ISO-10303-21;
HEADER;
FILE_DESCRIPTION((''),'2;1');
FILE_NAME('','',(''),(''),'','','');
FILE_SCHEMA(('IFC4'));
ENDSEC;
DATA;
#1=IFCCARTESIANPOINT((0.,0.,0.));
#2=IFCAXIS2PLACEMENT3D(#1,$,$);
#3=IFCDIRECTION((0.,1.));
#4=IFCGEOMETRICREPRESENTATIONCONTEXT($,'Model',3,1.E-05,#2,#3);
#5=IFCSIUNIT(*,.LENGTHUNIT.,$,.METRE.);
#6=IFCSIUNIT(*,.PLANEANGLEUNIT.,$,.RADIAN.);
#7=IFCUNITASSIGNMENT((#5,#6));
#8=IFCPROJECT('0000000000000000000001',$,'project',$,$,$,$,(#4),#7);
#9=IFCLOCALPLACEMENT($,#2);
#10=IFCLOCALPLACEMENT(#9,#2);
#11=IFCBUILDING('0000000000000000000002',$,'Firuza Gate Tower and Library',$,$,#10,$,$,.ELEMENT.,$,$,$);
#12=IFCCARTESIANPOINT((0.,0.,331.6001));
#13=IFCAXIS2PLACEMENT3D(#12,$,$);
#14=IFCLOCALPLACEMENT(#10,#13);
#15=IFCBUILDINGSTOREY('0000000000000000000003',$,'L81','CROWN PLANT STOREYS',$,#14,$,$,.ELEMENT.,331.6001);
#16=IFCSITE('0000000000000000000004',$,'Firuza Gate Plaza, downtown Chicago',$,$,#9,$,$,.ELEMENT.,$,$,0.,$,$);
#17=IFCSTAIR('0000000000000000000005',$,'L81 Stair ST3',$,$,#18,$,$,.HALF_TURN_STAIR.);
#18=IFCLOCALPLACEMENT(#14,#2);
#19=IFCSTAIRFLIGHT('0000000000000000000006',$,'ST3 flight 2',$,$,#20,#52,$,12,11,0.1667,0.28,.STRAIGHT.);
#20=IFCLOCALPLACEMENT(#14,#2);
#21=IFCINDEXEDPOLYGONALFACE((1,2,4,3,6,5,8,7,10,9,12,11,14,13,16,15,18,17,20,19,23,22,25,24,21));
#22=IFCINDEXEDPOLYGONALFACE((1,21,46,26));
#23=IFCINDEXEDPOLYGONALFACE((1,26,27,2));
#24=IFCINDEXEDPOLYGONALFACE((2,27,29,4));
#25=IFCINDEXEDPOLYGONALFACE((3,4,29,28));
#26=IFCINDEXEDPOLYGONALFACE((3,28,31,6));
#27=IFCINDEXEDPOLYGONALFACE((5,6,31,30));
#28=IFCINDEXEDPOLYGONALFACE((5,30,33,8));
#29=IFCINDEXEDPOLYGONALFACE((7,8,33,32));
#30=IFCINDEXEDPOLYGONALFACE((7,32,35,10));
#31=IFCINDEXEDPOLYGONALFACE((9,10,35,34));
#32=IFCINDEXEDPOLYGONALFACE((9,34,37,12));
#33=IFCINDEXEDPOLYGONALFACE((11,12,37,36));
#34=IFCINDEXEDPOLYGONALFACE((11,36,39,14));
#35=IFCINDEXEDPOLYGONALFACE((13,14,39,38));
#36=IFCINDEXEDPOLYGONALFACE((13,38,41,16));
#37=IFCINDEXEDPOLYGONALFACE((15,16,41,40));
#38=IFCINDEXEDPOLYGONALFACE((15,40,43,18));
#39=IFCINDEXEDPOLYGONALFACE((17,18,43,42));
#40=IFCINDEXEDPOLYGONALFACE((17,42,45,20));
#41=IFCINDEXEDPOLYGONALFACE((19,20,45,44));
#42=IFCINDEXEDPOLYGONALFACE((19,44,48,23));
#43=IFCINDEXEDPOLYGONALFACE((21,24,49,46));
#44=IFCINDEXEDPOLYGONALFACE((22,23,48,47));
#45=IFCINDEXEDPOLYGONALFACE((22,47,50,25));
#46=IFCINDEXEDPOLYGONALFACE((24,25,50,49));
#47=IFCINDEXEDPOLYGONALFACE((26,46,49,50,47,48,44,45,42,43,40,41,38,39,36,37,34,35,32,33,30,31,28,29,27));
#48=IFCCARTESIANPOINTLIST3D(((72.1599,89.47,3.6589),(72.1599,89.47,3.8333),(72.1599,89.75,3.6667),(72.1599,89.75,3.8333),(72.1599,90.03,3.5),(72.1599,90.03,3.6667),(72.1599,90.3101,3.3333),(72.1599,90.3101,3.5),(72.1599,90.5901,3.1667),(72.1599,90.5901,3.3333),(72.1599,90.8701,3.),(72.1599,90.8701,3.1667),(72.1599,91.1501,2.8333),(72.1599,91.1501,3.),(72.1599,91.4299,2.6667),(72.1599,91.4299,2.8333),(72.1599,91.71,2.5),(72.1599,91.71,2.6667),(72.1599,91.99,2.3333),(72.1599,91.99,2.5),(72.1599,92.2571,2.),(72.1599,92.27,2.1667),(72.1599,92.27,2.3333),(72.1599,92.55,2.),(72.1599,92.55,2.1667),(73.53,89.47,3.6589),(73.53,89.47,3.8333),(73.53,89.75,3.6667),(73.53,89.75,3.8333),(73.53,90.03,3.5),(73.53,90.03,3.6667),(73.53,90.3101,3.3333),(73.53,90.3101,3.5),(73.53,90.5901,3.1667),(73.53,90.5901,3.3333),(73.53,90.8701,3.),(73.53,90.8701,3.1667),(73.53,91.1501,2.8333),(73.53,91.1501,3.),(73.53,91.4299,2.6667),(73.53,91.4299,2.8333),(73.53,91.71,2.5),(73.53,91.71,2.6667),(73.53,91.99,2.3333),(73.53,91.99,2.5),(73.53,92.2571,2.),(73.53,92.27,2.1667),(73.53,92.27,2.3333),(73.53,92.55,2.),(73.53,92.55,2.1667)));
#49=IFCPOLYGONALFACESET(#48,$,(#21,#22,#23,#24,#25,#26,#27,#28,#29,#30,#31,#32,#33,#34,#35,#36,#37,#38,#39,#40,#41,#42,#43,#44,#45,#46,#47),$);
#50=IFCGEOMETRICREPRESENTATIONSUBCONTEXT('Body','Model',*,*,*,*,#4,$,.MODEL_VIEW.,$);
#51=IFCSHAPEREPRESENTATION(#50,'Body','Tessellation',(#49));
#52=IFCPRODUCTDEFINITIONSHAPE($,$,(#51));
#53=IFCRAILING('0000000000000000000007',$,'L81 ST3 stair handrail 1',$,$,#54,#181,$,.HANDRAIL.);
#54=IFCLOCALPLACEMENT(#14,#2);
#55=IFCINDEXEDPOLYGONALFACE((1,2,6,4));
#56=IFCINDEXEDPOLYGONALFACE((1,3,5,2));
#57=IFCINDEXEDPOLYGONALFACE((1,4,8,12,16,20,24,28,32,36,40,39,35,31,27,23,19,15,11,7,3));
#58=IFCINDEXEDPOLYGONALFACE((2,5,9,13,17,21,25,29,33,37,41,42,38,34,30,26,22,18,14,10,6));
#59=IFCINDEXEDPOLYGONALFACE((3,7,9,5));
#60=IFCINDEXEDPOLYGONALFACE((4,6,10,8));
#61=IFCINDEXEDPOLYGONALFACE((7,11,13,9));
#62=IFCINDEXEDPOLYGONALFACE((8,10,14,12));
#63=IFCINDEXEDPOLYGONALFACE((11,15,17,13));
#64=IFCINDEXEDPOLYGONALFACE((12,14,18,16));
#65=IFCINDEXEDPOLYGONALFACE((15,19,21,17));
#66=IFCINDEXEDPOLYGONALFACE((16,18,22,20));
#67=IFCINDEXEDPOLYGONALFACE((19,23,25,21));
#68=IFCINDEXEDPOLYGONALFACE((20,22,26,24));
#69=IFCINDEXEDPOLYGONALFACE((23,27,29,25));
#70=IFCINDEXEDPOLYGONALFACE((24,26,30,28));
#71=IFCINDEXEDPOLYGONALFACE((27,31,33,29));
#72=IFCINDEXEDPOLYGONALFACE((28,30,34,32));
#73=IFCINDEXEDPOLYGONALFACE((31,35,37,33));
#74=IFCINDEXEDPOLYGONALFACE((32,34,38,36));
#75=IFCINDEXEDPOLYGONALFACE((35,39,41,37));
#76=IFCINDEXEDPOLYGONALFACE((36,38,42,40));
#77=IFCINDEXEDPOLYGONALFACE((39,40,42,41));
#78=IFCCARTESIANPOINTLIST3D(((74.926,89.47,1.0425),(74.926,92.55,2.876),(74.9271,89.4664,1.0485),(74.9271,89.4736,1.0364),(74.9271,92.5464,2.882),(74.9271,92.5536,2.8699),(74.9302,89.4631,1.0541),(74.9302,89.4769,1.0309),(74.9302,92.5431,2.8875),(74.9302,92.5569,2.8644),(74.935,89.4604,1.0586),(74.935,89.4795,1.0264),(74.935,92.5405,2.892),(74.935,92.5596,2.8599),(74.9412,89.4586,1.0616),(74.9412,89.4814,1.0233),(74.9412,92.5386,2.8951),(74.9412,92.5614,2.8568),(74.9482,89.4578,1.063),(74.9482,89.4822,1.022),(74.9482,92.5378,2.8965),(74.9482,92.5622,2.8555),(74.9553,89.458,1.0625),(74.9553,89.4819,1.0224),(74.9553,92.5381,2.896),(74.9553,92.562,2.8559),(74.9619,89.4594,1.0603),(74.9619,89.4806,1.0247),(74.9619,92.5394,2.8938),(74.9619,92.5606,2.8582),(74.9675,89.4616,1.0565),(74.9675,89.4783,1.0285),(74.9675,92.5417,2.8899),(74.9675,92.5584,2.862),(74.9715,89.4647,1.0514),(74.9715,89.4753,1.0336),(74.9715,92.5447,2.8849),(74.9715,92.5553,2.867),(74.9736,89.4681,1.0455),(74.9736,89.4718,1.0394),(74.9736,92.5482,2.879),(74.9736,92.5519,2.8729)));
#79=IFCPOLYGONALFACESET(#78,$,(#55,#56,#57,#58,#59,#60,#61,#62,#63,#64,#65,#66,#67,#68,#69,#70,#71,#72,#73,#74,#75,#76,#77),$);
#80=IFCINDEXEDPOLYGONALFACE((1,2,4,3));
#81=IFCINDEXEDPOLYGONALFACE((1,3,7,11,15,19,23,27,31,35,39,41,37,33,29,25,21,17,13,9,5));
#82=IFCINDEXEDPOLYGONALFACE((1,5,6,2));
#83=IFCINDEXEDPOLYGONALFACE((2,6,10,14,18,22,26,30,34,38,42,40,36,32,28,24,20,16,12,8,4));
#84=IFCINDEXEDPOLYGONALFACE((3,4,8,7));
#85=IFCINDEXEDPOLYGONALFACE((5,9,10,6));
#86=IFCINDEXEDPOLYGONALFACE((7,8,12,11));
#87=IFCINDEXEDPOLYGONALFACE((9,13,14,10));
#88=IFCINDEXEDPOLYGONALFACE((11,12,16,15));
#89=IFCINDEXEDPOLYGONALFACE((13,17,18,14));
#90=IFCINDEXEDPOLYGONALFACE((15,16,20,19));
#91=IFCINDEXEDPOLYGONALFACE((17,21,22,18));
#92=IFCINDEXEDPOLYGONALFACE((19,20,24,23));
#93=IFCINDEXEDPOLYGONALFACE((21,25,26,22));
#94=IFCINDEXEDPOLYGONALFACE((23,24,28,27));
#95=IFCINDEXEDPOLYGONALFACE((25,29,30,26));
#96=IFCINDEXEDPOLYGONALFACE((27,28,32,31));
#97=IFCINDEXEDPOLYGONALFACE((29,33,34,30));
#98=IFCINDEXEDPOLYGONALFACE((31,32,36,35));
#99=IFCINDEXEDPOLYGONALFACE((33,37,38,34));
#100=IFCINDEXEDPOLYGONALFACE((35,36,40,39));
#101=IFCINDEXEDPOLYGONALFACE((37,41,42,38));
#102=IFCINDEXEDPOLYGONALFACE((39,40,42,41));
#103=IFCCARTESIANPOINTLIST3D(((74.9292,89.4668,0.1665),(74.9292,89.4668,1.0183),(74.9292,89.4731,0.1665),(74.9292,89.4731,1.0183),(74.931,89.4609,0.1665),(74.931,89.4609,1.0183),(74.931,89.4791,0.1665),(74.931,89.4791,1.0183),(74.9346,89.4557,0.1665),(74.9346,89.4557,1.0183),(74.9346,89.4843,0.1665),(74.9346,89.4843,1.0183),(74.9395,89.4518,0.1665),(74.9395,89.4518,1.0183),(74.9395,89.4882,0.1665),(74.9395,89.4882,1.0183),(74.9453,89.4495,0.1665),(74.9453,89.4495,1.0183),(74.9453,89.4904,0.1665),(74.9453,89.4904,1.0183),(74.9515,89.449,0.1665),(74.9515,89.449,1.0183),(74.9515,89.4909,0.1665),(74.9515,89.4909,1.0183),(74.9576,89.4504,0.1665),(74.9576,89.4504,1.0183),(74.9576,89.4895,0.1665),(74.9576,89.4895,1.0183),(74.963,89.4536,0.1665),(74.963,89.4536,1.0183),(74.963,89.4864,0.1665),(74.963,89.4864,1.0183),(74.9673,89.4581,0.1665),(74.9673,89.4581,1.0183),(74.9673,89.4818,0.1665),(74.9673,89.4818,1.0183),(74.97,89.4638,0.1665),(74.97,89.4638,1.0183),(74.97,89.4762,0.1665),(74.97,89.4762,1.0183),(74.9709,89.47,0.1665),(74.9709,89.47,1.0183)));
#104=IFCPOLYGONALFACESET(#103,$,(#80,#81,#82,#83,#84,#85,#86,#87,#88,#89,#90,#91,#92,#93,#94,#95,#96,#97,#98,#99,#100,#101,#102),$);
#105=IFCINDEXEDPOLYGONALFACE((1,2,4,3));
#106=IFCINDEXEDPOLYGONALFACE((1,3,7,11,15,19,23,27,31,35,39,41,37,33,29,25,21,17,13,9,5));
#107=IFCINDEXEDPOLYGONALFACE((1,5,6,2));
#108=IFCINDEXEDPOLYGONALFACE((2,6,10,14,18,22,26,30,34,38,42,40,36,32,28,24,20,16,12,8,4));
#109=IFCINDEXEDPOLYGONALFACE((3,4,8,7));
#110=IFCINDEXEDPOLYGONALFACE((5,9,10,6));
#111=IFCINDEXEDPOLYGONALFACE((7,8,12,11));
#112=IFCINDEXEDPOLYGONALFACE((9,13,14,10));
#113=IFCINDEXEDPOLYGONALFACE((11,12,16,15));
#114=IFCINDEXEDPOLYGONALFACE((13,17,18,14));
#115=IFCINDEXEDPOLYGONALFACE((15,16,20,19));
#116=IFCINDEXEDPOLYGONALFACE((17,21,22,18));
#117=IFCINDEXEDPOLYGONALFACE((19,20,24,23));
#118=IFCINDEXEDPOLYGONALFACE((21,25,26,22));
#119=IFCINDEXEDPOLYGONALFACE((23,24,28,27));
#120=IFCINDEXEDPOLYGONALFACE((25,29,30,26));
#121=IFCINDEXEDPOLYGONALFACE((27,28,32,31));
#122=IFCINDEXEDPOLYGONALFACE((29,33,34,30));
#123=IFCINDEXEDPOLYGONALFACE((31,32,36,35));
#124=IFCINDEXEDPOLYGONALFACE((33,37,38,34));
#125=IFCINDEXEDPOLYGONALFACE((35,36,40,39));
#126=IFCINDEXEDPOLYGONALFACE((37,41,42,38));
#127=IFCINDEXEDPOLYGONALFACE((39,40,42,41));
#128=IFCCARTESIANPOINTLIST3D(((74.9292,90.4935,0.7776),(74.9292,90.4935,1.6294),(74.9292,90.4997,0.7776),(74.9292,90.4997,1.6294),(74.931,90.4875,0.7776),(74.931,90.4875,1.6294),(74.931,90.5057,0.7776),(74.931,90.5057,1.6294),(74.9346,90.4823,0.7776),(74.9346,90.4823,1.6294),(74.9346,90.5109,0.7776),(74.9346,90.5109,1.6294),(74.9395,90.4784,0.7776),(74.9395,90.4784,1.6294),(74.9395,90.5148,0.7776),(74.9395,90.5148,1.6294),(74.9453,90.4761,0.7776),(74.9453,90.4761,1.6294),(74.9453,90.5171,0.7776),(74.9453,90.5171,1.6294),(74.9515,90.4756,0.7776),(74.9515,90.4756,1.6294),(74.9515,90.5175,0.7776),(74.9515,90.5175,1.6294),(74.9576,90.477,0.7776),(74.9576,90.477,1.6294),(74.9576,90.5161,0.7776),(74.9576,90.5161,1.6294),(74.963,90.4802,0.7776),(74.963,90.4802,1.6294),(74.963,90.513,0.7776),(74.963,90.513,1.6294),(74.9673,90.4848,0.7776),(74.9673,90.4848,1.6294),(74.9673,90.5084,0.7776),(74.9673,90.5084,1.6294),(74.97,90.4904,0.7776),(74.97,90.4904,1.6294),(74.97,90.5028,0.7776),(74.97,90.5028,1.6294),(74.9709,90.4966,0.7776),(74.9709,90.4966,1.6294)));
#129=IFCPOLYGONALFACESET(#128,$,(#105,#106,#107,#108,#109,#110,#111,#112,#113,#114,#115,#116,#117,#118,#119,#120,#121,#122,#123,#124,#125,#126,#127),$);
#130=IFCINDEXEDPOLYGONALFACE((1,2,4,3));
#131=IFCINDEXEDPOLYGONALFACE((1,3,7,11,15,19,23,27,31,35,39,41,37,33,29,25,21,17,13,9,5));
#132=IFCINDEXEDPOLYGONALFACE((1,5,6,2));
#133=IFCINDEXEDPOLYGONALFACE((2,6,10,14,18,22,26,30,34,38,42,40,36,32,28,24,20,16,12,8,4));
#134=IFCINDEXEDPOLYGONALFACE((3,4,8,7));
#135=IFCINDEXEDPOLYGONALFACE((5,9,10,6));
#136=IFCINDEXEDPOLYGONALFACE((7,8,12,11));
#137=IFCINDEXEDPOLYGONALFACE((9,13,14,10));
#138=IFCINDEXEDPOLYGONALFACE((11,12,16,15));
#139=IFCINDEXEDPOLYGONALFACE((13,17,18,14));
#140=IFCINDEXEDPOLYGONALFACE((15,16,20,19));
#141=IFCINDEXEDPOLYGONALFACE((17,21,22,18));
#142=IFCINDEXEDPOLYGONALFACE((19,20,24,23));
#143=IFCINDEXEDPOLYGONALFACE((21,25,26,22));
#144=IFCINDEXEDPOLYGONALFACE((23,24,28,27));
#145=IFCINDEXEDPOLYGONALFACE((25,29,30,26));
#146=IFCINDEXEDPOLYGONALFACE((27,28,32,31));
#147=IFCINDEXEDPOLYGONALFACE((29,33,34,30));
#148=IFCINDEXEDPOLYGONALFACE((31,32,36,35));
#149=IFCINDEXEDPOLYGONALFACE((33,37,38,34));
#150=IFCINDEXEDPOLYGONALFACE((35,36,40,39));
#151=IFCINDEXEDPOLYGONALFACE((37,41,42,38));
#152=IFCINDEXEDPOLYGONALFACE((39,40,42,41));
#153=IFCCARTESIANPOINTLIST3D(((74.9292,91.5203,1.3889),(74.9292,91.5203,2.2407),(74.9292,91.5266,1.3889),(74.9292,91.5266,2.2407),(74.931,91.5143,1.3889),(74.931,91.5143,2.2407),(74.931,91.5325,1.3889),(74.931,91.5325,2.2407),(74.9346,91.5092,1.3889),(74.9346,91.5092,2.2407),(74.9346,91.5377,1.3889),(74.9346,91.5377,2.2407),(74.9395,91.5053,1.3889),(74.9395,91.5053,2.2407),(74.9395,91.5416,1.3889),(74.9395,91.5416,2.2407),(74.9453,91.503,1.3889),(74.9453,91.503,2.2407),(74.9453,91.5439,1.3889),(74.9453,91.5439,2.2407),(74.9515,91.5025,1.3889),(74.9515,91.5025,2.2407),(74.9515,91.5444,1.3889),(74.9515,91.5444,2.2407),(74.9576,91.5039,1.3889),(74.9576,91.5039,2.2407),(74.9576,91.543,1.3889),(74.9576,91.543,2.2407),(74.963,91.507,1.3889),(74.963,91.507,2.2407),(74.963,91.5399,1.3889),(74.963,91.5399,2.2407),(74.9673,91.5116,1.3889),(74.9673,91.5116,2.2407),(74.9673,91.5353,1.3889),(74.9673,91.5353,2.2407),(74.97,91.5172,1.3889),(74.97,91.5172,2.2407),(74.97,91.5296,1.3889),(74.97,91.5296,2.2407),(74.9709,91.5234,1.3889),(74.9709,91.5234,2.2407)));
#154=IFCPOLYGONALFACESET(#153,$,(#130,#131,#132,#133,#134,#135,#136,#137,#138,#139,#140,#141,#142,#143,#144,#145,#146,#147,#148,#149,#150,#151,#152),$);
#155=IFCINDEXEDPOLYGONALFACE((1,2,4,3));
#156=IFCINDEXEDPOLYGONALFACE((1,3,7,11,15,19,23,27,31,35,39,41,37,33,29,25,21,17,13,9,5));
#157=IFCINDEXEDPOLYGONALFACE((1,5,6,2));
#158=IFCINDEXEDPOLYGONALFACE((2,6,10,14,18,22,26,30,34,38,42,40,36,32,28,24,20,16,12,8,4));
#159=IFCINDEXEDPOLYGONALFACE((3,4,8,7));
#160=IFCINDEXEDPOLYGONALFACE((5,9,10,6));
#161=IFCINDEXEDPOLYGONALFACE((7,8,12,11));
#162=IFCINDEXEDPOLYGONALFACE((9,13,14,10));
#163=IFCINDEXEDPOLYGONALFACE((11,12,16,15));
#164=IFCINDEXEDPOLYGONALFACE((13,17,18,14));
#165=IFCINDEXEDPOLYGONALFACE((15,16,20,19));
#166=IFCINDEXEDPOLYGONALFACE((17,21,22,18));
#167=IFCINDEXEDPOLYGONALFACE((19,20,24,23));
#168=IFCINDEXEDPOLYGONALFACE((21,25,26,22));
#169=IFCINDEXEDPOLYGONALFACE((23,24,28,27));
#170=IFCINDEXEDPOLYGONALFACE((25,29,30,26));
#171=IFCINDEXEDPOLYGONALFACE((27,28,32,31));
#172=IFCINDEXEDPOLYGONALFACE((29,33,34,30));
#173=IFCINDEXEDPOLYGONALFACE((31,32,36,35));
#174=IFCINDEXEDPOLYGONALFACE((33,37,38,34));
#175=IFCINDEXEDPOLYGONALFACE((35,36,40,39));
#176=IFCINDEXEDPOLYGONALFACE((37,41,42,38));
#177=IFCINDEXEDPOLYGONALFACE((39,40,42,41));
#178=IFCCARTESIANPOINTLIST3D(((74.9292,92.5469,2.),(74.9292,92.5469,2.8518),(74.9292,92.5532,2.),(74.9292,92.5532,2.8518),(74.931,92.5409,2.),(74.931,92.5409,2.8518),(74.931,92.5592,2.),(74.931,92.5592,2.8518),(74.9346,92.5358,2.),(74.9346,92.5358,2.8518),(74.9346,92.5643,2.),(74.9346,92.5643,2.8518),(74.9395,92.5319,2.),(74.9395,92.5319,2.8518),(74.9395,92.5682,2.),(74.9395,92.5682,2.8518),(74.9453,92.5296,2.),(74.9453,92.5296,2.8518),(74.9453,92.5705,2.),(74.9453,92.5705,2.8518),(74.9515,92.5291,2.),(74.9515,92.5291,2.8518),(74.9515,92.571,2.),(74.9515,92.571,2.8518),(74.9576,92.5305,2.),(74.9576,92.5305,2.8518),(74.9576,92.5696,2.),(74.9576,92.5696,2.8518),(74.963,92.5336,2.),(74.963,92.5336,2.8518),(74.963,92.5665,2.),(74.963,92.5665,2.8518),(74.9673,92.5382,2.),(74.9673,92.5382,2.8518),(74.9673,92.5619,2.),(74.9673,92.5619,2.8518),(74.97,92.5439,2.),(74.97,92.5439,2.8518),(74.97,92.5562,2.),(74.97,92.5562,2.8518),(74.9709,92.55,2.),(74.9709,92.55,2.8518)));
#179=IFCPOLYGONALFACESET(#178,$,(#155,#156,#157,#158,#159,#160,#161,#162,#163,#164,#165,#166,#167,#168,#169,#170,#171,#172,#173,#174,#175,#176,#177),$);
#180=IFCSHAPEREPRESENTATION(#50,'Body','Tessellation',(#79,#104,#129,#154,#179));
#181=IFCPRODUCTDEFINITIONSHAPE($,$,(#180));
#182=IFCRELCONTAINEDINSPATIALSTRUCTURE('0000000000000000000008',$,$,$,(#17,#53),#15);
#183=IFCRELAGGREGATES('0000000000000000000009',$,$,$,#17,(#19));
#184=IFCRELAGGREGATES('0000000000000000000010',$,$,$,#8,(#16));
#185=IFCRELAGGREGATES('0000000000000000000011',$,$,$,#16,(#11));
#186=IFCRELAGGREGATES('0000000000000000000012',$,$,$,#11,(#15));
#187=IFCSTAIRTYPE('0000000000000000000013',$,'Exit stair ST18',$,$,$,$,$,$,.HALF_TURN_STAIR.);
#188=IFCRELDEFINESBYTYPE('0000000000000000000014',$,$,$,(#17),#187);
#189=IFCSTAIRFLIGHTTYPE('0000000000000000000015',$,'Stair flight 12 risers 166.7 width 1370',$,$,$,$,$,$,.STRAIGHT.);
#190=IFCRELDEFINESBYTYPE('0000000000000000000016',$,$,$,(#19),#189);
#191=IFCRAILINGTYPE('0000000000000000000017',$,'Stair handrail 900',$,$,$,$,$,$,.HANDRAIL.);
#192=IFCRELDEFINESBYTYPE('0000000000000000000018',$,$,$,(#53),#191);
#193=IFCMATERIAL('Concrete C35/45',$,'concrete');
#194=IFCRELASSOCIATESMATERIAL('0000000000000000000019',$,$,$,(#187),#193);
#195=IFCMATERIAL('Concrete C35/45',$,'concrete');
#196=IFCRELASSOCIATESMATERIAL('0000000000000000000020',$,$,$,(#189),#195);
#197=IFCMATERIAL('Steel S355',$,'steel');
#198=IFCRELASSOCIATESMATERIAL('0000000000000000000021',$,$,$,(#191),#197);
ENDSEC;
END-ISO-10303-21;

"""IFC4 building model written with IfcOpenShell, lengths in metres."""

from ifc_helpers import new_model, si_unit, direction, frame, origin, origin_2d, place, context, subcontext, project, spatial, polyline, circle, outline, extrude, material, type_object, element, aggregate, save


model = new_model("IFC4")

# Units and contexts
model_context = context("Model", 3, precision=1e-05, world=origin(), true_north=direction((0.0, 1.0)))
body_context = subcontext(model_context, "Body", "Model", "MODEL_VIEW")
ifc_project = project(units=[si_unit("LENGTHUNIT", "METRE"), si_unit("PLANEANGLEUNIT", "RADIAN")], contexts=[model_context])

# Site, building, storey
site_placement = place(None, origin())
site = spatial("IfcSite", under=ifc_project, at=site_placement, Name="Firuza Gate Plaza, downtown Chicago", CompositionType="ELEMENT", RefElevation=0.0)
building_placement = place(site_placement, origin())
building = spatial("IfcBuilding", under=site, at=building_placement, Name="Firuza Gate Tower and Library", CompositionType="ELEMENT")
storey_placement = place(building_placement, frame((0.0, 0.0, 331.6001)))
storey = spatial("IfcBuildingStorey", under=building, at=storey_placement, Name="L81", Description="CROWN PLANT STOREYS", CompositionType="ELEMENT", Elevation=331.6001)

# Shared definitions
placement = place(storey_placement, origin())

# Stair, stair flight
ifc_material_1 = material(Name="Concrete C35/45", Category="concrete")
stair_type = type_object("IfcStairType", Name="Exit stair ST18", PredefinedType="HALF_TURN_STAIR", material=ifc_material_1)
stair = element("IfcStair", 1, at=placement, inside=storey, type_object=stair_type, Name="L81 Stair ST3", PredefinedType="HALF_TURN_STAIR")
ifc_material_2 = material(Name="Concrete C35/45", Category="concrete")
stair_flight_type = type_object("IfcStairFlightType", Name="Stair flight 12 risers 166.7 width 1370", PredefinedType="STRAIGHT", material=ifc_material_2)
stair_flight_1_placement = place(storey_placement, frame((72.845, 92.55, 2.0), z_axis=(0.0, 0.0, 1.0), x_axis=(0.0, -1.0, 0.0)))
stair_flight_1 = element("IfcStairFlight", 2, at=stair_flight_1_placement, type_object=stair_flight_type, Name="ST3 flight 2", NumberOfRisers=12, NumberOfTreads=11, PredefinedType="STRAIGHT", RiserHeight=0.1667, TreadLength=0.28, context=body_context, shape_type="SweptSolid", body=[
    extrude(outline(polyline([(0.0, 0.0), (0.0, 0.1667), (0.28, 0.1667), (0.28, 0.3333), (0.5601, 0.3333), (0.5601, 0.5), (0.8401, 0.5), (0.8401, 0.6667), (1.1201, 0.6667), (1.1201, 0.8333), (1.3999, 0.8333), (1.3999, 1.0), (1.6799, 1.0), (1.6799, 1.1667), (1.96, 1.1667), (1.96, 1.3333), (2.24, 1.3333), (2.24, 1.5), (2.52, 1.5), (2.52, 1.6667), (2.8, 1.6667), (2.8, 1.8333), (3.0801, 1.8333), (3.0801, 2.0), (3.0801, 1.6589), (0.293, 0.0), (0.0, 0.0)])), frame((0.0, 0.6851, 0.0), z_axis=(0.0, -1.0, 0.0), x_axis=(1.0, 0.0, 0.0)), (0.0, 0.0, 1.0), 1.3701),
])
aggregate(stair, [stair_flight_1])

# Railing
ifc_material_3 = material(Name="Steel S355", Category="steel")
railing_type_1 = type_object("IfcRailingType", Name="Stair handrail 900", PredefinedType="HANDRAIL", material=ifc_material_3)
railing_1_placement = place(storey_placement, frame((74.95, 89.47, 0.1665)))
element("IfcRailing", 3, at=railing_1_placement, inside=storey, type_object=railing_type_1, Name="L81 ST3 stair handrail 1", PredefinedType="HANDRAIL", context=body_context, shape_type="SweptSolid", body=[
    extrude(circle(Radius=0.0239, at=origin_2d()), frame((0.0, 0.0, 0.876), z_axis=(0.0, 0.859279, 0.511508), x_axis=(-1.0, 0.0, 0.0)), (0.0, 0.0, 1.0), 3.5845),
    extrude(circle(Radius=0.021, at=origin_2d()), origin(), (0.0, 0.0, 1.0), 0.8518),
    extrude(circle(Radius=0.021, at=origin_2d()), frame((0.0, 1.0266, 0.6111)), (0.0, 0.0, 1.0), 0.8518),
    extrude(circle(Radius=0.021, at=origin_2d()), frame((0.0, 2.0535, 1.2224)), (0.0, 0.0, 1.0), 0.8518),
    extrude(circle(Radius=0.021, at=origin_2d()), frame((0.0, 3.0801, 1.8335)), (0.0, 0.0, 1.0), 0.8518),
])

save(model, "model.ifc")
